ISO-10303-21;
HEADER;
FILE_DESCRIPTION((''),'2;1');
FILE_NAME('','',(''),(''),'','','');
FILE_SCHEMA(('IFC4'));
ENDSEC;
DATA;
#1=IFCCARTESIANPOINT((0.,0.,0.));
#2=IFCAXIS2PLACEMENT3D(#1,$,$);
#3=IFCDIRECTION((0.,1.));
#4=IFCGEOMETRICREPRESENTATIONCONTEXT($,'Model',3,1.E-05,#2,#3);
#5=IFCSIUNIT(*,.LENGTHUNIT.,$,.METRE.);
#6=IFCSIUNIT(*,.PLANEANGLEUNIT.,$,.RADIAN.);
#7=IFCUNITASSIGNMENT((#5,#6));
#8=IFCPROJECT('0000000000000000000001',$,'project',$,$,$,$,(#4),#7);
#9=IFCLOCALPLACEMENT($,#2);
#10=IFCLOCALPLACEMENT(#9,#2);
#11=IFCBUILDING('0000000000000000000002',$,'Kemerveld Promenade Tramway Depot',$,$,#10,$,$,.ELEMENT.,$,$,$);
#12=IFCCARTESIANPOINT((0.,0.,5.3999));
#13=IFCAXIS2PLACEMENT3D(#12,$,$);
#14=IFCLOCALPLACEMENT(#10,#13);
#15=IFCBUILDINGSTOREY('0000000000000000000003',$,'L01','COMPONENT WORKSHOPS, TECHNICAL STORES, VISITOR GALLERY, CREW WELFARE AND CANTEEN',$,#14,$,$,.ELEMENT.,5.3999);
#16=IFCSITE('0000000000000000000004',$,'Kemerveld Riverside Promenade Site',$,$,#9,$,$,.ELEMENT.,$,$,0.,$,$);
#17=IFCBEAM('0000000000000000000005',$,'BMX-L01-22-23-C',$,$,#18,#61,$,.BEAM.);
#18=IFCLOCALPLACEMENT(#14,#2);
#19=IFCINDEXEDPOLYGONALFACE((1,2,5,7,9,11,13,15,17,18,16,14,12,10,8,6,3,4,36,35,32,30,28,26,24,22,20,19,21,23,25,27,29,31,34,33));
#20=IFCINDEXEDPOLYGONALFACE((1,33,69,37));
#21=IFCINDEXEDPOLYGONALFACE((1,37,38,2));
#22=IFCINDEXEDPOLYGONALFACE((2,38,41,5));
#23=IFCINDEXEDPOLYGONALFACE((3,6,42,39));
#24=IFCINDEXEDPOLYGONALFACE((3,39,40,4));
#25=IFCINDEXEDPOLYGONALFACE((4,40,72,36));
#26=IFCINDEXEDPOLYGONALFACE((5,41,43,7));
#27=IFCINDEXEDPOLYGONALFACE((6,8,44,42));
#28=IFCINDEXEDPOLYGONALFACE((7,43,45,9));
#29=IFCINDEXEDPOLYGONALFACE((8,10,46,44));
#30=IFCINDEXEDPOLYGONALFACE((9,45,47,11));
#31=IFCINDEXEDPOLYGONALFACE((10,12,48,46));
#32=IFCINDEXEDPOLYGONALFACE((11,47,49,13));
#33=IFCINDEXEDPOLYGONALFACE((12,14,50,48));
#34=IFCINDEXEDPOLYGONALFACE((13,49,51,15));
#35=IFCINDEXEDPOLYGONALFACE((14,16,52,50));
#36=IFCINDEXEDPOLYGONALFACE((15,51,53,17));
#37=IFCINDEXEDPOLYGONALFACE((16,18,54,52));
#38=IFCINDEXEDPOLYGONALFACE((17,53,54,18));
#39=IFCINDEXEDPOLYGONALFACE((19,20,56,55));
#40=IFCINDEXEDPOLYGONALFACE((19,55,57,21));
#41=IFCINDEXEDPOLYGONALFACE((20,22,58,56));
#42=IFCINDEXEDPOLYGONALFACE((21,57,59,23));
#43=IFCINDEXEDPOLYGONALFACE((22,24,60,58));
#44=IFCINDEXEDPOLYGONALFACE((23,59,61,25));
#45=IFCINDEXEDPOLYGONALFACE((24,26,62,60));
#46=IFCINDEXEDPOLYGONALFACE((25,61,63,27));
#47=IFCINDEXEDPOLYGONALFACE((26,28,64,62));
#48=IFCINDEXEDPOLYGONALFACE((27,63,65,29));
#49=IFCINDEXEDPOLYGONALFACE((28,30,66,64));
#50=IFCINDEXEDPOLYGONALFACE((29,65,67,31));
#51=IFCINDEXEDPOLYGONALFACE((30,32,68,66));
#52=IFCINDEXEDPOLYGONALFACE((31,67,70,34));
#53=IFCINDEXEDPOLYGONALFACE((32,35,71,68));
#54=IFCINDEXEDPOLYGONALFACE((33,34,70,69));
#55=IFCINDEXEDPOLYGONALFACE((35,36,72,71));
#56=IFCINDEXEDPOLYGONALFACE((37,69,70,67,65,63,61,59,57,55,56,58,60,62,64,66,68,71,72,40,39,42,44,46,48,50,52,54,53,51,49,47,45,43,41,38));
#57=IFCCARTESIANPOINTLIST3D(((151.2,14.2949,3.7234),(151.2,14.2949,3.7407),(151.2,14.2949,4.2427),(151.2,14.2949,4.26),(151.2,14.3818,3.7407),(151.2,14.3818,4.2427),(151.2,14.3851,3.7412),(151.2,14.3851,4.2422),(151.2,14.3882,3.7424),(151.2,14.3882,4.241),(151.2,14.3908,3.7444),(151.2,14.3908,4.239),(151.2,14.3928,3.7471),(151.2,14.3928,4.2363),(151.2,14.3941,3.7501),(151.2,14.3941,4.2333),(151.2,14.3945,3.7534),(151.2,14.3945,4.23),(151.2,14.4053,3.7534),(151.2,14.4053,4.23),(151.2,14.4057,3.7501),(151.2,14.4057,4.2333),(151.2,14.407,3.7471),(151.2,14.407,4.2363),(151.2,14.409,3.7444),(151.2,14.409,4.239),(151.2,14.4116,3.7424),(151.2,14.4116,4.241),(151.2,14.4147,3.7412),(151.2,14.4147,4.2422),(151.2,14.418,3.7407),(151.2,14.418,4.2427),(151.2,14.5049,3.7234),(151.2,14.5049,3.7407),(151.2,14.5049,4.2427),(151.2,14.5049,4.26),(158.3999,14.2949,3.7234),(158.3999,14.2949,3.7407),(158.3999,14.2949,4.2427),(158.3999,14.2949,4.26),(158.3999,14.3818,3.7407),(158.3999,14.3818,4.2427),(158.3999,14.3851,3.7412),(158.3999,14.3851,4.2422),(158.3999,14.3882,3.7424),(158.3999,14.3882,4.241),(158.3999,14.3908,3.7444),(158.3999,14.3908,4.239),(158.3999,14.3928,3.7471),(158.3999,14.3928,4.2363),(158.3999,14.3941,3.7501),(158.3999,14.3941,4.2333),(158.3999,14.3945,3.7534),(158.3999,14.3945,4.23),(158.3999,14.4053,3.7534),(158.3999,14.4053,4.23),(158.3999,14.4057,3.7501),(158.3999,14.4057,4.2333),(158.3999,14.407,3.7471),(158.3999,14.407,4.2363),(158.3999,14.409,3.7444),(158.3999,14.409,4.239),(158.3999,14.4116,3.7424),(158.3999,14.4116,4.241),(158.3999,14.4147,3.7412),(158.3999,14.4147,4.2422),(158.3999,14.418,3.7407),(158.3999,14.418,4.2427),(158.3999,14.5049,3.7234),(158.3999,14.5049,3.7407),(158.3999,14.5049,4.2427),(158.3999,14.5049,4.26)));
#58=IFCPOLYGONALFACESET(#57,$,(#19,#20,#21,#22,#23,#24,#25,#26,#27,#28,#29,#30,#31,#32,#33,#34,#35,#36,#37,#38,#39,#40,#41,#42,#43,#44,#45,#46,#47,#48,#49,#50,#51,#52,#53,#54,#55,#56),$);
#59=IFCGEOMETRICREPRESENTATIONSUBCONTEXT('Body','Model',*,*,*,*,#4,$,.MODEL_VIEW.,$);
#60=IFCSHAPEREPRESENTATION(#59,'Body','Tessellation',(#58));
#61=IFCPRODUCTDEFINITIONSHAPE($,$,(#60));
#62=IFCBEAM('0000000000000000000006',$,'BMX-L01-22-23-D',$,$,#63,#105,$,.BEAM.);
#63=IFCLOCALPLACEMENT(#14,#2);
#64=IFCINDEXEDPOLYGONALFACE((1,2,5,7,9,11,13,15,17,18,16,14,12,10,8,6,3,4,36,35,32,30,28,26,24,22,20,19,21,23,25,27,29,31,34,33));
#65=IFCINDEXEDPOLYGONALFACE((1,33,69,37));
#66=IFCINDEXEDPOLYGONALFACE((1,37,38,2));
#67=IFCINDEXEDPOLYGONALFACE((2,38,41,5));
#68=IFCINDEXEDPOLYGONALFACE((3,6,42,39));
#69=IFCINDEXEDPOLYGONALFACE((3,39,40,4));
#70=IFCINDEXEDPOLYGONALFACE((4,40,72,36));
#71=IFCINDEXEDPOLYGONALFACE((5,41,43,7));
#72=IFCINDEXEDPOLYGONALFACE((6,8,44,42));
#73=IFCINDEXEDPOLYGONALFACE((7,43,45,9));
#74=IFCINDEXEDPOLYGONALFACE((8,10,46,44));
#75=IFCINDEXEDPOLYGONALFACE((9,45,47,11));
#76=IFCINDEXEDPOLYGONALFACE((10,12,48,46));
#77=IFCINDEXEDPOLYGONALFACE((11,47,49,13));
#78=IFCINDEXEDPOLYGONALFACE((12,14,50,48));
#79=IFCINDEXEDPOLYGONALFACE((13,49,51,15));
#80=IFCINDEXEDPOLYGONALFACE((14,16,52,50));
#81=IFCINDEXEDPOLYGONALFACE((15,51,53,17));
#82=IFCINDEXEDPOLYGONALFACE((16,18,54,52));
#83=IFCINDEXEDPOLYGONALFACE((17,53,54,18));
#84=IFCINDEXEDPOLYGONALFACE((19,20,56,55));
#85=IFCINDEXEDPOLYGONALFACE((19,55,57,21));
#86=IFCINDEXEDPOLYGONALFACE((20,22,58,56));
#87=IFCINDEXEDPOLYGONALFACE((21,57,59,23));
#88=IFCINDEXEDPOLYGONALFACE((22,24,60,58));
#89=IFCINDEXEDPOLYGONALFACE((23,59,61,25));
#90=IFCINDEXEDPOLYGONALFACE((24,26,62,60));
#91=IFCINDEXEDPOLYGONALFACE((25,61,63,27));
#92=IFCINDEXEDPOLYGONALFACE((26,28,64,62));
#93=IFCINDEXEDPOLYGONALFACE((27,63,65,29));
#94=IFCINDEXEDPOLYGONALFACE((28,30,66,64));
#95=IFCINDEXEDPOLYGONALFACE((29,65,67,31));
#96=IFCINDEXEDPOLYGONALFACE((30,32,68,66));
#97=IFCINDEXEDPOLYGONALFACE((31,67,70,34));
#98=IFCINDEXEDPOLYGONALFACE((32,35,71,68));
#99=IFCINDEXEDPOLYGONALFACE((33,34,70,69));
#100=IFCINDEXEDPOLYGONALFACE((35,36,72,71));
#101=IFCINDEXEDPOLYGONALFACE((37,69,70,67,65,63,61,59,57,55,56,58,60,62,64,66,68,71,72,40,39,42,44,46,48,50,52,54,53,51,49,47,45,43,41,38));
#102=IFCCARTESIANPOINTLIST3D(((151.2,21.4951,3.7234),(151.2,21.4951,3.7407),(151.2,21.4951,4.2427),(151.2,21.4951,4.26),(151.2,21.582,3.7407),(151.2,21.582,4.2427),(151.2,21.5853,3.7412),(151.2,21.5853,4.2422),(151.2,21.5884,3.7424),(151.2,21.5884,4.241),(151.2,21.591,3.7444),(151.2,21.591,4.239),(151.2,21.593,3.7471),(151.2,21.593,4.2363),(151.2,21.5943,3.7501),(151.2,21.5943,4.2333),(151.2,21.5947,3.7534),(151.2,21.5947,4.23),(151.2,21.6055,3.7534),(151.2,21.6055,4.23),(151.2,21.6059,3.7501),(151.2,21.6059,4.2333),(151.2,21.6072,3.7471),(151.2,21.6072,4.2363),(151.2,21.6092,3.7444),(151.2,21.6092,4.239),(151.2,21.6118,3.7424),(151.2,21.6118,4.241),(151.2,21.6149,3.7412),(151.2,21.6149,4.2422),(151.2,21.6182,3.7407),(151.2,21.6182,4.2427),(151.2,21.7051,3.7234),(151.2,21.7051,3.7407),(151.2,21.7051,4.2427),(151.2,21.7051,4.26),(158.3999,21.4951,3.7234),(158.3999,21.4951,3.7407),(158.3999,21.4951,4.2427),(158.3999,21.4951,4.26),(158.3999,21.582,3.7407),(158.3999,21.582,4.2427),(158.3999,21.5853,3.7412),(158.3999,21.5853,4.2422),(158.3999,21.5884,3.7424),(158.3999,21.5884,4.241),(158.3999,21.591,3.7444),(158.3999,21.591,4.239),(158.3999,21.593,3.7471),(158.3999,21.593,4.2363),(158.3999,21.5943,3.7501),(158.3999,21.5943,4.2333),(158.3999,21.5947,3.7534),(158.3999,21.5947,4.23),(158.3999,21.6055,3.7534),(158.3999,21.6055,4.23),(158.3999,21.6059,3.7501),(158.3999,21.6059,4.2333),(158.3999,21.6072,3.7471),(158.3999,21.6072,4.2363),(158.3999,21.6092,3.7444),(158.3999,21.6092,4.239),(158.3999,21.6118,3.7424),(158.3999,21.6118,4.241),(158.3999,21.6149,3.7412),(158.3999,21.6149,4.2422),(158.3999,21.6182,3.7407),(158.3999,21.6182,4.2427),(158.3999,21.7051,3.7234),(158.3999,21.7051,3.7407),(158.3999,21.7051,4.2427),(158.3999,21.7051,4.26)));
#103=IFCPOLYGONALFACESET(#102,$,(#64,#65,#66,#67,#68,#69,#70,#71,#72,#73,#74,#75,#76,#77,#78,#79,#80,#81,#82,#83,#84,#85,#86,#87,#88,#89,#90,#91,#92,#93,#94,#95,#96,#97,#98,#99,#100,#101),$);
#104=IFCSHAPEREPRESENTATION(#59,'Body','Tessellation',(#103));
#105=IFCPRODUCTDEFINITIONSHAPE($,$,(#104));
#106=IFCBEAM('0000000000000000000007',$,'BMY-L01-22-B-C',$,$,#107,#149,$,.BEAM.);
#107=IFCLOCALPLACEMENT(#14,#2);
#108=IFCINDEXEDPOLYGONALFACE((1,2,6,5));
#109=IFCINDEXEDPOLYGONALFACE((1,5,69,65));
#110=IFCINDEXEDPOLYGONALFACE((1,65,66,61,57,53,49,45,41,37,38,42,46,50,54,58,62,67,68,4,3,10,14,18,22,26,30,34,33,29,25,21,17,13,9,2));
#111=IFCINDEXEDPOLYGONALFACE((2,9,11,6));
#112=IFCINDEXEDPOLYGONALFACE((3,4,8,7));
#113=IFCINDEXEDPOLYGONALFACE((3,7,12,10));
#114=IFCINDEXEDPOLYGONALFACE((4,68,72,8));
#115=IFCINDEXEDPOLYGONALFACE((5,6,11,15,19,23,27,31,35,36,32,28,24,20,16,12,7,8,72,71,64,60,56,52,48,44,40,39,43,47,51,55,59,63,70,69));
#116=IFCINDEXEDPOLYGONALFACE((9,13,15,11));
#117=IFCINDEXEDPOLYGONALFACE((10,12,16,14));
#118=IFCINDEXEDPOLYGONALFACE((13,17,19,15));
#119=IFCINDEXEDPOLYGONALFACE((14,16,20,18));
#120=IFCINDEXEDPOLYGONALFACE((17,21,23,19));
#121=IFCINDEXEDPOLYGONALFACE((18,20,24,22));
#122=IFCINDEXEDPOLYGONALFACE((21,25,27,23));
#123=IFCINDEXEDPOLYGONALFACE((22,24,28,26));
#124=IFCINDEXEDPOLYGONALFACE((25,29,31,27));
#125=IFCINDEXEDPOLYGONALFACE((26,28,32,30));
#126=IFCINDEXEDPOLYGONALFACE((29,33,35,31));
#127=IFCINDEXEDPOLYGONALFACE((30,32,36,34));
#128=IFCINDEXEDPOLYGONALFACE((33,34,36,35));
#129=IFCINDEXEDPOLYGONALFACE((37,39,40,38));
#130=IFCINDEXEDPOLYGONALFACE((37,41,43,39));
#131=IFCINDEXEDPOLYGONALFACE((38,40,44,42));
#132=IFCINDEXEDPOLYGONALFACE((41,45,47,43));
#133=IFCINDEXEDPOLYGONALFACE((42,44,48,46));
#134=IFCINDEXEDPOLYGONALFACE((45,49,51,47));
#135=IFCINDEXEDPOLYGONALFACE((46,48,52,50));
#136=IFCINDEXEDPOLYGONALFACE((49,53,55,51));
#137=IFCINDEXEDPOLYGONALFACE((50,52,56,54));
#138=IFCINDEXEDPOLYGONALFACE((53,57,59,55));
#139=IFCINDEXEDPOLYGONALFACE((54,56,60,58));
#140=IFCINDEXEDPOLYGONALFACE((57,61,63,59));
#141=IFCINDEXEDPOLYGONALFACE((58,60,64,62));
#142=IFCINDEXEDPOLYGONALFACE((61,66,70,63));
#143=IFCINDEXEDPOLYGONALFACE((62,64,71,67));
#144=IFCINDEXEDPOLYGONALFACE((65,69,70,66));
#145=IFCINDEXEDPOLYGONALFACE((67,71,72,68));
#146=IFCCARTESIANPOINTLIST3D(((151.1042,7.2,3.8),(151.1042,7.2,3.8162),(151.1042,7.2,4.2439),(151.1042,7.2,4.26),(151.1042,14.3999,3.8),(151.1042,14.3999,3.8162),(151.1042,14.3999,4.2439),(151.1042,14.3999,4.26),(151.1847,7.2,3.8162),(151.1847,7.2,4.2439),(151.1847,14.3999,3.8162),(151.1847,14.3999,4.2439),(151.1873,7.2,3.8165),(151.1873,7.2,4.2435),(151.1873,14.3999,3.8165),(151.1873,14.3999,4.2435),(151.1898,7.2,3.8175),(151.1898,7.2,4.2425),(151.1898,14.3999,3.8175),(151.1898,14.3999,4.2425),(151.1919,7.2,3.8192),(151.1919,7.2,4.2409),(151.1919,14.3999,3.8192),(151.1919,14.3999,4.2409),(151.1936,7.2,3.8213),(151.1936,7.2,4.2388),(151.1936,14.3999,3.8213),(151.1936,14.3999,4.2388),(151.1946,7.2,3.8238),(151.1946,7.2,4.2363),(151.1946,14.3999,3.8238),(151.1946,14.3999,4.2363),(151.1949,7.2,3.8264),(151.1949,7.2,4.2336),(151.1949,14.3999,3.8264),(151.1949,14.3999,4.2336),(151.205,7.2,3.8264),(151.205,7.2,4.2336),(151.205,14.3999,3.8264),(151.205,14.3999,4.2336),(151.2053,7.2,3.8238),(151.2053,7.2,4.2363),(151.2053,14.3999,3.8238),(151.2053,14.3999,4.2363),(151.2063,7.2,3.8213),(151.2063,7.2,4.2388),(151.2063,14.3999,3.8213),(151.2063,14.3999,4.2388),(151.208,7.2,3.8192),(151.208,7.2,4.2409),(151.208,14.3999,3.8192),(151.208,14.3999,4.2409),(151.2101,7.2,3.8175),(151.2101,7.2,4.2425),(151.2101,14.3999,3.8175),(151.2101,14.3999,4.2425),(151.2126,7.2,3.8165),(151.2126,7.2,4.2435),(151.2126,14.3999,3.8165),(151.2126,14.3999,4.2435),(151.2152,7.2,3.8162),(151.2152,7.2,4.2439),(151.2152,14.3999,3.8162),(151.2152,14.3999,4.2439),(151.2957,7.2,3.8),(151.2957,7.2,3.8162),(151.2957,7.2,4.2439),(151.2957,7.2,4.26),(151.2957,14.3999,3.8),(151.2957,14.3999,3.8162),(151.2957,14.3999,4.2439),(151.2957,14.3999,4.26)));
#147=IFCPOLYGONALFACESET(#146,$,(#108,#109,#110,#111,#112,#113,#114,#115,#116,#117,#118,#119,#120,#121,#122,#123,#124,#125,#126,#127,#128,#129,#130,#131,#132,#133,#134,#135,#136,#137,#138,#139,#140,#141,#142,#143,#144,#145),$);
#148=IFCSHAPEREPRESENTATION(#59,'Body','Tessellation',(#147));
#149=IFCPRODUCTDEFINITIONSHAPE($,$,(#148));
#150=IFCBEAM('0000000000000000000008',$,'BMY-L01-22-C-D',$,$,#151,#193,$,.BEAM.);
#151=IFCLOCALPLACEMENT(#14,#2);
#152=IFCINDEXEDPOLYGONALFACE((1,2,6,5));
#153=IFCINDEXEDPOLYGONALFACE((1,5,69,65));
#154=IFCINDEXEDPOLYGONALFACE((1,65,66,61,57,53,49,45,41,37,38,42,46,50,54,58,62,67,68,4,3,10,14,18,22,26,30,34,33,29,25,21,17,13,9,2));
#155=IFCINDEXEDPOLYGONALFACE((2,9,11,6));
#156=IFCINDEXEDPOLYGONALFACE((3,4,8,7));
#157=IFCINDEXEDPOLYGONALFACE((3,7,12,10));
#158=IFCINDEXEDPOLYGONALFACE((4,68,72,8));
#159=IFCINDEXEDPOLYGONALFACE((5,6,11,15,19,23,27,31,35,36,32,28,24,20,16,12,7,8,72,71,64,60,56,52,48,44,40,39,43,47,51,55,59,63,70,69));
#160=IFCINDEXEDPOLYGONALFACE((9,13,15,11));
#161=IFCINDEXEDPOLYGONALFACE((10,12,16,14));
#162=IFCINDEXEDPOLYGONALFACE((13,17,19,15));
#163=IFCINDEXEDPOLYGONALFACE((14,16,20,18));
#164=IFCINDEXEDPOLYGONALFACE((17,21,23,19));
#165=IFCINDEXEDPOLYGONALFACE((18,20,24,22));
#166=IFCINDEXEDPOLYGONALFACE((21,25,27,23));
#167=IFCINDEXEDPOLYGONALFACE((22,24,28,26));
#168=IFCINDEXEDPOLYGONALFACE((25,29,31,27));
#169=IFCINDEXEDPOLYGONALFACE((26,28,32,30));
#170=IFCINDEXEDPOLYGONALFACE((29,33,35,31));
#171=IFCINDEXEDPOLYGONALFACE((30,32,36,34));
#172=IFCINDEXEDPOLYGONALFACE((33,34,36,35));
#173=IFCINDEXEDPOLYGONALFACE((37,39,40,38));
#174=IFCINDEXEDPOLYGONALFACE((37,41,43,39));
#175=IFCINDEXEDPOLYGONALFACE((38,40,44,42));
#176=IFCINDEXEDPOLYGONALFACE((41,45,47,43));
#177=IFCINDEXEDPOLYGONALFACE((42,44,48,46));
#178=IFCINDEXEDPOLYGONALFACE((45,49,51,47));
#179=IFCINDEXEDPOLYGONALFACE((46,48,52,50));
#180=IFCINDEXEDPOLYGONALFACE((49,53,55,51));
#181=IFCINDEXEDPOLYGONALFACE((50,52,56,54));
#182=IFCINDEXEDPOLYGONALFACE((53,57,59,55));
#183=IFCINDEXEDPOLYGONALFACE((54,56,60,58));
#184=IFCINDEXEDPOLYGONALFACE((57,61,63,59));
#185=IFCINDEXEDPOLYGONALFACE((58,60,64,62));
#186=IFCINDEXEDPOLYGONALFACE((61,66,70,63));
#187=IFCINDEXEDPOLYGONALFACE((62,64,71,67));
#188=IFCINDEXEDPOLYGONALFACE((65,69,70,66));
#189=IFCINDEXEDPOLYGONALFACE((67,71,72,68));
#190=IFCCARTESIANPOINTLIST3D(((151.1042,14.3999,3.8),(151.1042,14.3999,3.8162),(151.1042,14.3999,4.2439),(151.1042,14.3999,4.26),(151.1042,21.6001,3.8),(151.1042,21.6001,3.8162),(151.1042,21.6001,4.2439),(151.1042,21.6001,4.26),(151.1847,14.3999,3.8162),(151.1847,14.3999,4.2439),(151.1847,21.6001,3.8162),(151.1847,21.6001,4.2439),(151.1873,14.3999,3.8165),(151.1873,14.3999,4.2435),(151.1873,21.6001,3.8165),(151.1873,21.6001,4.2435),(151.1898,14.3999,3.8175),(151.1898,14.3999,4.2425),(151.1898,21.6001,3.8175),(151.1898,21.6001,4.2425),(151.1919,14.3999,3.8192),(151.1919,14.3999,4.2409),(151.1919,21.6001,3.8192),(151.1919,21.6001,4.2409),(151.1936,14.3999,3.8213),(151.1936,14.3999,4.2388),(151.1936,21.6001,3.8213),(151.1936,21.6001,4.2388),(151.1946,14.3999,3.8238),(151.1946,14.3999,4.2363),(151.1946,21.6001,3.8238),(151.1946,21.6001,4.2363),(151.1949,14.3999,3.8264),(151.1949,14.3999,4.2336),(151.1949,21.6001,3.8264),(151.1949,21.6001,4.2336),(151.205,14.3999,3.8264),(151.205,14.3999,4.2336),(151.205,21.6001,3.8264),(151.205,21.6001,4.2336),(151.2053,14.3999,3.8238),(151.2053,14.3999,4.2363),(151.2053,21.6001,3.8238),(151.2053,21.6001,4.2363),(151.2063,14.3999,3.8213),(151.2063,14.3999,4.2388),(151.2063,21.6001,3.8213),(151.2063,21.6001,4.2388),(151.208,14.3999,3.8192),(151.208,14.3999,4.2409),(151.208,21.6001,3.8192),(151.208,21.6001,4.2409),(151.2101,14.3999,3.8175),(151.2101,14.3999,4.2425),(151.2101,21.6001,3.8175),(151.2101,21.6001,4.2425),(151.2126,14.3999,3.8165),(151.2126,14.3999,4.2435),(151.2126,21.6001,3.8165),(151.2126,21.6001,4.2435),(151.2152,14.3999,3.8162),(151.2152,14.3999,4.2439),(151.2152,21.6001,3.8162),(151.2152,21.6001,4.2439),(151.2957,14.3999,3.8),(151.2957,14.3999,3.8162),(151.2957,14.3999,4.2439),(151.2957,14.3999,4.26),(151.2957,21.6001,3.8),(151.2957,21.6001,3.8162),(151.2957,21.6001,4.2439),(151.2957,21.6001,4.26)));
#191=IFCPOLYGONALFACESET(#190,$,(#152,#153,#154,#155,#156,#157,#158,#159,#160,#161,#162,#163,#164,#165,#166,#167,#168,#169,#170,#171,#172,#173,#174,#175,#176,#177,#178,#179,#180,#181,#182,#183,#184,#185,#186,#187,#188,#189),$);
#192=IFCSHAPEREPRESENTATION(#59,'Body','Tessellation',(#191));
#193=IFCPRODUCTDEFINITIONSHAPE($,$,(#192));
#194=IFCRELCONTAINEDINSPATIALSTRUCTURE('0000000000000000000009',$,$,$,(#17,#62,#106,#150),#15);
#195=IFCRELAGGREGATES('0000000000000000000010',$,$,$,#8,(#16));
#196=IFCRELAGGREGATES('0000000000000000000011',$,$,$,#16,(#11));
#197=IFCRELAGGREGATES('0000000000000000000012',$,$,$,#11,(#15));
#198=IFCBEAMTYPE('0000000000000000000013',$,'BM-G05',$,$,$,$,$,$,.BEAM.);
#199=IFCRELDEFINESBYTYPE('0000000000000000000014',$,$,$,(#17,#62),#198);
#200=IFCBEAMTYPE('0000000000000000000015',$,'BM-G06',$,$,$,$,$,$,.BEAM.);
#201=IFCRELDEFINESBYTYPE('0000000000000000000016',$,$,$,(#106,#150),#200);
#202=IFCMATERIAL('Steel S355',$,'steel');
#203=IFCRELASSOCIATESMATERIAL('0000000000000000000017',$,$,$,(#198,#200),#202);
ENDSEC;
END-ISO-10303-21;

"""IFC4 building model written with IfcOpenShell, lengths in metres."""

from ifc_helpers import new_model, si_unit, direction, frame, origin, origin_2d, place, context, subcontext, project, spatial, i_section, extrude, material, material_profile, profile_set, type_object, element, save


model = new_model("IFC4")

# Units and contexts
model_context = context("Model", 3, precision=1e-05, world=origin(), true_north=direction((0.0, 1.0)))
body_context = subcontext(model_context, "Body", "Model", "MODEL_VIEW")
ifc_project = project(units=[si_unit("LENGTHUNIT", "METRE"), si_unit("PLANEANGLEUNIT", "RADIAN")], contexts=[model_context])

# Site, building, storey
site_placement = place(None, origin())
site = spatial("IfcSite", under=ifc_project, at=site_placement, Name="Kemerveld Riverside Promenade Site", CompositionType="ELEMENT", RefElevation=0.0)
building_placement = place(site_placement, origin())
building = spatial("IfcBuilding", under=site, at=building_placement, Name="Kemerveld Promenade Tramway Depot", CompositionType="ELEMENT")
storey_placement = place(building_placement, frame((0.0, 0.0, 5.3999)))
storey = spatial("IfcBuildingStorey", under=building, at=storey_placement, Name="L01", Description="COMPONENT WORKSHOPS, TECHNICAL STORES, VISITOR GALLERY, CREW WELFARE AND CANTEEN", CompositionType="ELEMENT", Elevation=5.3999)

# Shared definitions
ifc_material_1 = material(Name="Steel S355", Category="steel")

# Beams
ifc_material_profile_1 = material_profile(ifc_material_1, i_section(OverallWidth=0.21, OverallDepth=0.5366, WebThickness=0.0107, FlangeThickness=0.0173, FilletRadius=0.0127, at=origin_2d()), Name="533x210x101 UB")
ifc_profile_set_1 = profile_set([ifc_material_profile_1], Name="Steel S355")
beam_type_1 = type_object("IfcBeamType", Name="BM-G05", PredefinedType="BEAM", material=ifc_profile_set_1)
for number, where, z_axis, x_axis, name in (
    (1, (151.2, 14.3999, 3.9917), (1.0, 0.0, 0.0), (0.0, 1.0, 0.0), "BMX-L01-22-23-C"),
    (2, (151.2, 21.6001, 3.9917), (1.0, 0.0, 0.0), (0.0, 1.0, 0.0), "BMX-L01-22-23-D"),
):
    element("IfcBeam", number, at=place(storey_placement, frame(where, z_axis=z_axis, x_axis=x_axis)), inside=storey, type_object=beam_type_1, Name=name, PredefinedType="BEAM", context=body_context, shape_type="SweptSolid", body=[
        extrude(i_section(OverallWidth=0.21, OverallDepth=0.5366, WebThickness=0.0107, FlangeThickness=0.0173, FilletRadius=0.0127, at=origin_2d()), origin(), (0.0, 0.0, 1.0), 7.2),
    ])
ifc_material_profile_2 = material_profile(ifc_material_1, i_section(OverallWidth=0.1914, OverallDepth=0.46, WebThickness=0.01, FlangeThickness=0.0161, FilletRadius=0.0103, at=origin_2d()), Name="457x191x82 UB")
ifc_profile_set_2 = profile_set([ifc_material_profile_2], Name="Steel S355")
beam_type_2 = type_object("IfcBeamType", Name="BM-G06", PredefinedType="BEAM", material=ifc_profile_set_2)
beam_1_placement = place(storey_placement, frame((151.2, 7.2, 4.03), z_axis=(0.0, 1.0, 0.0), x_axis=(-1.0, 0.0, 0.0)))
element("IfcBeam", 3, at=beam_1_placement, inside=storey, type_object=beam_type_2, Name="BMY-L01-22-B-C", PredefinedType="BEAM", context=body_context, shape_type="SweptSolid", body=[
    extrude(i_section(OverallWidth=0.1914, OverallDepth=0.46, WebThickness=0.01, FlangeThickness=0.0161, FilletRadius=0.0103, at=origin_2d()), origin(), (0.0, 0.0, 1.0), 7.2),
])
beam_2_placement = place(storey_placement, frame((151.2, 14.3999, 4.03), z_axis=(0.0, 1.0, 0.0), x_axis=(-1.0, 0.0, 0.0)))
element("IfcBeam", 4, at=beam_2_placement, inside=storey, type_object=beam_type_2, Name="BMY-L01-22-C-D", PredefinedType="BEAM", context=body_context, shape_type="SweptSolid", body=[
    extrude(i_section(OverallWidth=0.1914, OverallDepth=0.46, WebThickness=0.01, FlangeThickness=0.0161, FilletRadius=0.0103, at=origin_2d()), origin(), (0.0, 0.0, 1.0), 7.2002),
])

save(model, "model.ifc")
